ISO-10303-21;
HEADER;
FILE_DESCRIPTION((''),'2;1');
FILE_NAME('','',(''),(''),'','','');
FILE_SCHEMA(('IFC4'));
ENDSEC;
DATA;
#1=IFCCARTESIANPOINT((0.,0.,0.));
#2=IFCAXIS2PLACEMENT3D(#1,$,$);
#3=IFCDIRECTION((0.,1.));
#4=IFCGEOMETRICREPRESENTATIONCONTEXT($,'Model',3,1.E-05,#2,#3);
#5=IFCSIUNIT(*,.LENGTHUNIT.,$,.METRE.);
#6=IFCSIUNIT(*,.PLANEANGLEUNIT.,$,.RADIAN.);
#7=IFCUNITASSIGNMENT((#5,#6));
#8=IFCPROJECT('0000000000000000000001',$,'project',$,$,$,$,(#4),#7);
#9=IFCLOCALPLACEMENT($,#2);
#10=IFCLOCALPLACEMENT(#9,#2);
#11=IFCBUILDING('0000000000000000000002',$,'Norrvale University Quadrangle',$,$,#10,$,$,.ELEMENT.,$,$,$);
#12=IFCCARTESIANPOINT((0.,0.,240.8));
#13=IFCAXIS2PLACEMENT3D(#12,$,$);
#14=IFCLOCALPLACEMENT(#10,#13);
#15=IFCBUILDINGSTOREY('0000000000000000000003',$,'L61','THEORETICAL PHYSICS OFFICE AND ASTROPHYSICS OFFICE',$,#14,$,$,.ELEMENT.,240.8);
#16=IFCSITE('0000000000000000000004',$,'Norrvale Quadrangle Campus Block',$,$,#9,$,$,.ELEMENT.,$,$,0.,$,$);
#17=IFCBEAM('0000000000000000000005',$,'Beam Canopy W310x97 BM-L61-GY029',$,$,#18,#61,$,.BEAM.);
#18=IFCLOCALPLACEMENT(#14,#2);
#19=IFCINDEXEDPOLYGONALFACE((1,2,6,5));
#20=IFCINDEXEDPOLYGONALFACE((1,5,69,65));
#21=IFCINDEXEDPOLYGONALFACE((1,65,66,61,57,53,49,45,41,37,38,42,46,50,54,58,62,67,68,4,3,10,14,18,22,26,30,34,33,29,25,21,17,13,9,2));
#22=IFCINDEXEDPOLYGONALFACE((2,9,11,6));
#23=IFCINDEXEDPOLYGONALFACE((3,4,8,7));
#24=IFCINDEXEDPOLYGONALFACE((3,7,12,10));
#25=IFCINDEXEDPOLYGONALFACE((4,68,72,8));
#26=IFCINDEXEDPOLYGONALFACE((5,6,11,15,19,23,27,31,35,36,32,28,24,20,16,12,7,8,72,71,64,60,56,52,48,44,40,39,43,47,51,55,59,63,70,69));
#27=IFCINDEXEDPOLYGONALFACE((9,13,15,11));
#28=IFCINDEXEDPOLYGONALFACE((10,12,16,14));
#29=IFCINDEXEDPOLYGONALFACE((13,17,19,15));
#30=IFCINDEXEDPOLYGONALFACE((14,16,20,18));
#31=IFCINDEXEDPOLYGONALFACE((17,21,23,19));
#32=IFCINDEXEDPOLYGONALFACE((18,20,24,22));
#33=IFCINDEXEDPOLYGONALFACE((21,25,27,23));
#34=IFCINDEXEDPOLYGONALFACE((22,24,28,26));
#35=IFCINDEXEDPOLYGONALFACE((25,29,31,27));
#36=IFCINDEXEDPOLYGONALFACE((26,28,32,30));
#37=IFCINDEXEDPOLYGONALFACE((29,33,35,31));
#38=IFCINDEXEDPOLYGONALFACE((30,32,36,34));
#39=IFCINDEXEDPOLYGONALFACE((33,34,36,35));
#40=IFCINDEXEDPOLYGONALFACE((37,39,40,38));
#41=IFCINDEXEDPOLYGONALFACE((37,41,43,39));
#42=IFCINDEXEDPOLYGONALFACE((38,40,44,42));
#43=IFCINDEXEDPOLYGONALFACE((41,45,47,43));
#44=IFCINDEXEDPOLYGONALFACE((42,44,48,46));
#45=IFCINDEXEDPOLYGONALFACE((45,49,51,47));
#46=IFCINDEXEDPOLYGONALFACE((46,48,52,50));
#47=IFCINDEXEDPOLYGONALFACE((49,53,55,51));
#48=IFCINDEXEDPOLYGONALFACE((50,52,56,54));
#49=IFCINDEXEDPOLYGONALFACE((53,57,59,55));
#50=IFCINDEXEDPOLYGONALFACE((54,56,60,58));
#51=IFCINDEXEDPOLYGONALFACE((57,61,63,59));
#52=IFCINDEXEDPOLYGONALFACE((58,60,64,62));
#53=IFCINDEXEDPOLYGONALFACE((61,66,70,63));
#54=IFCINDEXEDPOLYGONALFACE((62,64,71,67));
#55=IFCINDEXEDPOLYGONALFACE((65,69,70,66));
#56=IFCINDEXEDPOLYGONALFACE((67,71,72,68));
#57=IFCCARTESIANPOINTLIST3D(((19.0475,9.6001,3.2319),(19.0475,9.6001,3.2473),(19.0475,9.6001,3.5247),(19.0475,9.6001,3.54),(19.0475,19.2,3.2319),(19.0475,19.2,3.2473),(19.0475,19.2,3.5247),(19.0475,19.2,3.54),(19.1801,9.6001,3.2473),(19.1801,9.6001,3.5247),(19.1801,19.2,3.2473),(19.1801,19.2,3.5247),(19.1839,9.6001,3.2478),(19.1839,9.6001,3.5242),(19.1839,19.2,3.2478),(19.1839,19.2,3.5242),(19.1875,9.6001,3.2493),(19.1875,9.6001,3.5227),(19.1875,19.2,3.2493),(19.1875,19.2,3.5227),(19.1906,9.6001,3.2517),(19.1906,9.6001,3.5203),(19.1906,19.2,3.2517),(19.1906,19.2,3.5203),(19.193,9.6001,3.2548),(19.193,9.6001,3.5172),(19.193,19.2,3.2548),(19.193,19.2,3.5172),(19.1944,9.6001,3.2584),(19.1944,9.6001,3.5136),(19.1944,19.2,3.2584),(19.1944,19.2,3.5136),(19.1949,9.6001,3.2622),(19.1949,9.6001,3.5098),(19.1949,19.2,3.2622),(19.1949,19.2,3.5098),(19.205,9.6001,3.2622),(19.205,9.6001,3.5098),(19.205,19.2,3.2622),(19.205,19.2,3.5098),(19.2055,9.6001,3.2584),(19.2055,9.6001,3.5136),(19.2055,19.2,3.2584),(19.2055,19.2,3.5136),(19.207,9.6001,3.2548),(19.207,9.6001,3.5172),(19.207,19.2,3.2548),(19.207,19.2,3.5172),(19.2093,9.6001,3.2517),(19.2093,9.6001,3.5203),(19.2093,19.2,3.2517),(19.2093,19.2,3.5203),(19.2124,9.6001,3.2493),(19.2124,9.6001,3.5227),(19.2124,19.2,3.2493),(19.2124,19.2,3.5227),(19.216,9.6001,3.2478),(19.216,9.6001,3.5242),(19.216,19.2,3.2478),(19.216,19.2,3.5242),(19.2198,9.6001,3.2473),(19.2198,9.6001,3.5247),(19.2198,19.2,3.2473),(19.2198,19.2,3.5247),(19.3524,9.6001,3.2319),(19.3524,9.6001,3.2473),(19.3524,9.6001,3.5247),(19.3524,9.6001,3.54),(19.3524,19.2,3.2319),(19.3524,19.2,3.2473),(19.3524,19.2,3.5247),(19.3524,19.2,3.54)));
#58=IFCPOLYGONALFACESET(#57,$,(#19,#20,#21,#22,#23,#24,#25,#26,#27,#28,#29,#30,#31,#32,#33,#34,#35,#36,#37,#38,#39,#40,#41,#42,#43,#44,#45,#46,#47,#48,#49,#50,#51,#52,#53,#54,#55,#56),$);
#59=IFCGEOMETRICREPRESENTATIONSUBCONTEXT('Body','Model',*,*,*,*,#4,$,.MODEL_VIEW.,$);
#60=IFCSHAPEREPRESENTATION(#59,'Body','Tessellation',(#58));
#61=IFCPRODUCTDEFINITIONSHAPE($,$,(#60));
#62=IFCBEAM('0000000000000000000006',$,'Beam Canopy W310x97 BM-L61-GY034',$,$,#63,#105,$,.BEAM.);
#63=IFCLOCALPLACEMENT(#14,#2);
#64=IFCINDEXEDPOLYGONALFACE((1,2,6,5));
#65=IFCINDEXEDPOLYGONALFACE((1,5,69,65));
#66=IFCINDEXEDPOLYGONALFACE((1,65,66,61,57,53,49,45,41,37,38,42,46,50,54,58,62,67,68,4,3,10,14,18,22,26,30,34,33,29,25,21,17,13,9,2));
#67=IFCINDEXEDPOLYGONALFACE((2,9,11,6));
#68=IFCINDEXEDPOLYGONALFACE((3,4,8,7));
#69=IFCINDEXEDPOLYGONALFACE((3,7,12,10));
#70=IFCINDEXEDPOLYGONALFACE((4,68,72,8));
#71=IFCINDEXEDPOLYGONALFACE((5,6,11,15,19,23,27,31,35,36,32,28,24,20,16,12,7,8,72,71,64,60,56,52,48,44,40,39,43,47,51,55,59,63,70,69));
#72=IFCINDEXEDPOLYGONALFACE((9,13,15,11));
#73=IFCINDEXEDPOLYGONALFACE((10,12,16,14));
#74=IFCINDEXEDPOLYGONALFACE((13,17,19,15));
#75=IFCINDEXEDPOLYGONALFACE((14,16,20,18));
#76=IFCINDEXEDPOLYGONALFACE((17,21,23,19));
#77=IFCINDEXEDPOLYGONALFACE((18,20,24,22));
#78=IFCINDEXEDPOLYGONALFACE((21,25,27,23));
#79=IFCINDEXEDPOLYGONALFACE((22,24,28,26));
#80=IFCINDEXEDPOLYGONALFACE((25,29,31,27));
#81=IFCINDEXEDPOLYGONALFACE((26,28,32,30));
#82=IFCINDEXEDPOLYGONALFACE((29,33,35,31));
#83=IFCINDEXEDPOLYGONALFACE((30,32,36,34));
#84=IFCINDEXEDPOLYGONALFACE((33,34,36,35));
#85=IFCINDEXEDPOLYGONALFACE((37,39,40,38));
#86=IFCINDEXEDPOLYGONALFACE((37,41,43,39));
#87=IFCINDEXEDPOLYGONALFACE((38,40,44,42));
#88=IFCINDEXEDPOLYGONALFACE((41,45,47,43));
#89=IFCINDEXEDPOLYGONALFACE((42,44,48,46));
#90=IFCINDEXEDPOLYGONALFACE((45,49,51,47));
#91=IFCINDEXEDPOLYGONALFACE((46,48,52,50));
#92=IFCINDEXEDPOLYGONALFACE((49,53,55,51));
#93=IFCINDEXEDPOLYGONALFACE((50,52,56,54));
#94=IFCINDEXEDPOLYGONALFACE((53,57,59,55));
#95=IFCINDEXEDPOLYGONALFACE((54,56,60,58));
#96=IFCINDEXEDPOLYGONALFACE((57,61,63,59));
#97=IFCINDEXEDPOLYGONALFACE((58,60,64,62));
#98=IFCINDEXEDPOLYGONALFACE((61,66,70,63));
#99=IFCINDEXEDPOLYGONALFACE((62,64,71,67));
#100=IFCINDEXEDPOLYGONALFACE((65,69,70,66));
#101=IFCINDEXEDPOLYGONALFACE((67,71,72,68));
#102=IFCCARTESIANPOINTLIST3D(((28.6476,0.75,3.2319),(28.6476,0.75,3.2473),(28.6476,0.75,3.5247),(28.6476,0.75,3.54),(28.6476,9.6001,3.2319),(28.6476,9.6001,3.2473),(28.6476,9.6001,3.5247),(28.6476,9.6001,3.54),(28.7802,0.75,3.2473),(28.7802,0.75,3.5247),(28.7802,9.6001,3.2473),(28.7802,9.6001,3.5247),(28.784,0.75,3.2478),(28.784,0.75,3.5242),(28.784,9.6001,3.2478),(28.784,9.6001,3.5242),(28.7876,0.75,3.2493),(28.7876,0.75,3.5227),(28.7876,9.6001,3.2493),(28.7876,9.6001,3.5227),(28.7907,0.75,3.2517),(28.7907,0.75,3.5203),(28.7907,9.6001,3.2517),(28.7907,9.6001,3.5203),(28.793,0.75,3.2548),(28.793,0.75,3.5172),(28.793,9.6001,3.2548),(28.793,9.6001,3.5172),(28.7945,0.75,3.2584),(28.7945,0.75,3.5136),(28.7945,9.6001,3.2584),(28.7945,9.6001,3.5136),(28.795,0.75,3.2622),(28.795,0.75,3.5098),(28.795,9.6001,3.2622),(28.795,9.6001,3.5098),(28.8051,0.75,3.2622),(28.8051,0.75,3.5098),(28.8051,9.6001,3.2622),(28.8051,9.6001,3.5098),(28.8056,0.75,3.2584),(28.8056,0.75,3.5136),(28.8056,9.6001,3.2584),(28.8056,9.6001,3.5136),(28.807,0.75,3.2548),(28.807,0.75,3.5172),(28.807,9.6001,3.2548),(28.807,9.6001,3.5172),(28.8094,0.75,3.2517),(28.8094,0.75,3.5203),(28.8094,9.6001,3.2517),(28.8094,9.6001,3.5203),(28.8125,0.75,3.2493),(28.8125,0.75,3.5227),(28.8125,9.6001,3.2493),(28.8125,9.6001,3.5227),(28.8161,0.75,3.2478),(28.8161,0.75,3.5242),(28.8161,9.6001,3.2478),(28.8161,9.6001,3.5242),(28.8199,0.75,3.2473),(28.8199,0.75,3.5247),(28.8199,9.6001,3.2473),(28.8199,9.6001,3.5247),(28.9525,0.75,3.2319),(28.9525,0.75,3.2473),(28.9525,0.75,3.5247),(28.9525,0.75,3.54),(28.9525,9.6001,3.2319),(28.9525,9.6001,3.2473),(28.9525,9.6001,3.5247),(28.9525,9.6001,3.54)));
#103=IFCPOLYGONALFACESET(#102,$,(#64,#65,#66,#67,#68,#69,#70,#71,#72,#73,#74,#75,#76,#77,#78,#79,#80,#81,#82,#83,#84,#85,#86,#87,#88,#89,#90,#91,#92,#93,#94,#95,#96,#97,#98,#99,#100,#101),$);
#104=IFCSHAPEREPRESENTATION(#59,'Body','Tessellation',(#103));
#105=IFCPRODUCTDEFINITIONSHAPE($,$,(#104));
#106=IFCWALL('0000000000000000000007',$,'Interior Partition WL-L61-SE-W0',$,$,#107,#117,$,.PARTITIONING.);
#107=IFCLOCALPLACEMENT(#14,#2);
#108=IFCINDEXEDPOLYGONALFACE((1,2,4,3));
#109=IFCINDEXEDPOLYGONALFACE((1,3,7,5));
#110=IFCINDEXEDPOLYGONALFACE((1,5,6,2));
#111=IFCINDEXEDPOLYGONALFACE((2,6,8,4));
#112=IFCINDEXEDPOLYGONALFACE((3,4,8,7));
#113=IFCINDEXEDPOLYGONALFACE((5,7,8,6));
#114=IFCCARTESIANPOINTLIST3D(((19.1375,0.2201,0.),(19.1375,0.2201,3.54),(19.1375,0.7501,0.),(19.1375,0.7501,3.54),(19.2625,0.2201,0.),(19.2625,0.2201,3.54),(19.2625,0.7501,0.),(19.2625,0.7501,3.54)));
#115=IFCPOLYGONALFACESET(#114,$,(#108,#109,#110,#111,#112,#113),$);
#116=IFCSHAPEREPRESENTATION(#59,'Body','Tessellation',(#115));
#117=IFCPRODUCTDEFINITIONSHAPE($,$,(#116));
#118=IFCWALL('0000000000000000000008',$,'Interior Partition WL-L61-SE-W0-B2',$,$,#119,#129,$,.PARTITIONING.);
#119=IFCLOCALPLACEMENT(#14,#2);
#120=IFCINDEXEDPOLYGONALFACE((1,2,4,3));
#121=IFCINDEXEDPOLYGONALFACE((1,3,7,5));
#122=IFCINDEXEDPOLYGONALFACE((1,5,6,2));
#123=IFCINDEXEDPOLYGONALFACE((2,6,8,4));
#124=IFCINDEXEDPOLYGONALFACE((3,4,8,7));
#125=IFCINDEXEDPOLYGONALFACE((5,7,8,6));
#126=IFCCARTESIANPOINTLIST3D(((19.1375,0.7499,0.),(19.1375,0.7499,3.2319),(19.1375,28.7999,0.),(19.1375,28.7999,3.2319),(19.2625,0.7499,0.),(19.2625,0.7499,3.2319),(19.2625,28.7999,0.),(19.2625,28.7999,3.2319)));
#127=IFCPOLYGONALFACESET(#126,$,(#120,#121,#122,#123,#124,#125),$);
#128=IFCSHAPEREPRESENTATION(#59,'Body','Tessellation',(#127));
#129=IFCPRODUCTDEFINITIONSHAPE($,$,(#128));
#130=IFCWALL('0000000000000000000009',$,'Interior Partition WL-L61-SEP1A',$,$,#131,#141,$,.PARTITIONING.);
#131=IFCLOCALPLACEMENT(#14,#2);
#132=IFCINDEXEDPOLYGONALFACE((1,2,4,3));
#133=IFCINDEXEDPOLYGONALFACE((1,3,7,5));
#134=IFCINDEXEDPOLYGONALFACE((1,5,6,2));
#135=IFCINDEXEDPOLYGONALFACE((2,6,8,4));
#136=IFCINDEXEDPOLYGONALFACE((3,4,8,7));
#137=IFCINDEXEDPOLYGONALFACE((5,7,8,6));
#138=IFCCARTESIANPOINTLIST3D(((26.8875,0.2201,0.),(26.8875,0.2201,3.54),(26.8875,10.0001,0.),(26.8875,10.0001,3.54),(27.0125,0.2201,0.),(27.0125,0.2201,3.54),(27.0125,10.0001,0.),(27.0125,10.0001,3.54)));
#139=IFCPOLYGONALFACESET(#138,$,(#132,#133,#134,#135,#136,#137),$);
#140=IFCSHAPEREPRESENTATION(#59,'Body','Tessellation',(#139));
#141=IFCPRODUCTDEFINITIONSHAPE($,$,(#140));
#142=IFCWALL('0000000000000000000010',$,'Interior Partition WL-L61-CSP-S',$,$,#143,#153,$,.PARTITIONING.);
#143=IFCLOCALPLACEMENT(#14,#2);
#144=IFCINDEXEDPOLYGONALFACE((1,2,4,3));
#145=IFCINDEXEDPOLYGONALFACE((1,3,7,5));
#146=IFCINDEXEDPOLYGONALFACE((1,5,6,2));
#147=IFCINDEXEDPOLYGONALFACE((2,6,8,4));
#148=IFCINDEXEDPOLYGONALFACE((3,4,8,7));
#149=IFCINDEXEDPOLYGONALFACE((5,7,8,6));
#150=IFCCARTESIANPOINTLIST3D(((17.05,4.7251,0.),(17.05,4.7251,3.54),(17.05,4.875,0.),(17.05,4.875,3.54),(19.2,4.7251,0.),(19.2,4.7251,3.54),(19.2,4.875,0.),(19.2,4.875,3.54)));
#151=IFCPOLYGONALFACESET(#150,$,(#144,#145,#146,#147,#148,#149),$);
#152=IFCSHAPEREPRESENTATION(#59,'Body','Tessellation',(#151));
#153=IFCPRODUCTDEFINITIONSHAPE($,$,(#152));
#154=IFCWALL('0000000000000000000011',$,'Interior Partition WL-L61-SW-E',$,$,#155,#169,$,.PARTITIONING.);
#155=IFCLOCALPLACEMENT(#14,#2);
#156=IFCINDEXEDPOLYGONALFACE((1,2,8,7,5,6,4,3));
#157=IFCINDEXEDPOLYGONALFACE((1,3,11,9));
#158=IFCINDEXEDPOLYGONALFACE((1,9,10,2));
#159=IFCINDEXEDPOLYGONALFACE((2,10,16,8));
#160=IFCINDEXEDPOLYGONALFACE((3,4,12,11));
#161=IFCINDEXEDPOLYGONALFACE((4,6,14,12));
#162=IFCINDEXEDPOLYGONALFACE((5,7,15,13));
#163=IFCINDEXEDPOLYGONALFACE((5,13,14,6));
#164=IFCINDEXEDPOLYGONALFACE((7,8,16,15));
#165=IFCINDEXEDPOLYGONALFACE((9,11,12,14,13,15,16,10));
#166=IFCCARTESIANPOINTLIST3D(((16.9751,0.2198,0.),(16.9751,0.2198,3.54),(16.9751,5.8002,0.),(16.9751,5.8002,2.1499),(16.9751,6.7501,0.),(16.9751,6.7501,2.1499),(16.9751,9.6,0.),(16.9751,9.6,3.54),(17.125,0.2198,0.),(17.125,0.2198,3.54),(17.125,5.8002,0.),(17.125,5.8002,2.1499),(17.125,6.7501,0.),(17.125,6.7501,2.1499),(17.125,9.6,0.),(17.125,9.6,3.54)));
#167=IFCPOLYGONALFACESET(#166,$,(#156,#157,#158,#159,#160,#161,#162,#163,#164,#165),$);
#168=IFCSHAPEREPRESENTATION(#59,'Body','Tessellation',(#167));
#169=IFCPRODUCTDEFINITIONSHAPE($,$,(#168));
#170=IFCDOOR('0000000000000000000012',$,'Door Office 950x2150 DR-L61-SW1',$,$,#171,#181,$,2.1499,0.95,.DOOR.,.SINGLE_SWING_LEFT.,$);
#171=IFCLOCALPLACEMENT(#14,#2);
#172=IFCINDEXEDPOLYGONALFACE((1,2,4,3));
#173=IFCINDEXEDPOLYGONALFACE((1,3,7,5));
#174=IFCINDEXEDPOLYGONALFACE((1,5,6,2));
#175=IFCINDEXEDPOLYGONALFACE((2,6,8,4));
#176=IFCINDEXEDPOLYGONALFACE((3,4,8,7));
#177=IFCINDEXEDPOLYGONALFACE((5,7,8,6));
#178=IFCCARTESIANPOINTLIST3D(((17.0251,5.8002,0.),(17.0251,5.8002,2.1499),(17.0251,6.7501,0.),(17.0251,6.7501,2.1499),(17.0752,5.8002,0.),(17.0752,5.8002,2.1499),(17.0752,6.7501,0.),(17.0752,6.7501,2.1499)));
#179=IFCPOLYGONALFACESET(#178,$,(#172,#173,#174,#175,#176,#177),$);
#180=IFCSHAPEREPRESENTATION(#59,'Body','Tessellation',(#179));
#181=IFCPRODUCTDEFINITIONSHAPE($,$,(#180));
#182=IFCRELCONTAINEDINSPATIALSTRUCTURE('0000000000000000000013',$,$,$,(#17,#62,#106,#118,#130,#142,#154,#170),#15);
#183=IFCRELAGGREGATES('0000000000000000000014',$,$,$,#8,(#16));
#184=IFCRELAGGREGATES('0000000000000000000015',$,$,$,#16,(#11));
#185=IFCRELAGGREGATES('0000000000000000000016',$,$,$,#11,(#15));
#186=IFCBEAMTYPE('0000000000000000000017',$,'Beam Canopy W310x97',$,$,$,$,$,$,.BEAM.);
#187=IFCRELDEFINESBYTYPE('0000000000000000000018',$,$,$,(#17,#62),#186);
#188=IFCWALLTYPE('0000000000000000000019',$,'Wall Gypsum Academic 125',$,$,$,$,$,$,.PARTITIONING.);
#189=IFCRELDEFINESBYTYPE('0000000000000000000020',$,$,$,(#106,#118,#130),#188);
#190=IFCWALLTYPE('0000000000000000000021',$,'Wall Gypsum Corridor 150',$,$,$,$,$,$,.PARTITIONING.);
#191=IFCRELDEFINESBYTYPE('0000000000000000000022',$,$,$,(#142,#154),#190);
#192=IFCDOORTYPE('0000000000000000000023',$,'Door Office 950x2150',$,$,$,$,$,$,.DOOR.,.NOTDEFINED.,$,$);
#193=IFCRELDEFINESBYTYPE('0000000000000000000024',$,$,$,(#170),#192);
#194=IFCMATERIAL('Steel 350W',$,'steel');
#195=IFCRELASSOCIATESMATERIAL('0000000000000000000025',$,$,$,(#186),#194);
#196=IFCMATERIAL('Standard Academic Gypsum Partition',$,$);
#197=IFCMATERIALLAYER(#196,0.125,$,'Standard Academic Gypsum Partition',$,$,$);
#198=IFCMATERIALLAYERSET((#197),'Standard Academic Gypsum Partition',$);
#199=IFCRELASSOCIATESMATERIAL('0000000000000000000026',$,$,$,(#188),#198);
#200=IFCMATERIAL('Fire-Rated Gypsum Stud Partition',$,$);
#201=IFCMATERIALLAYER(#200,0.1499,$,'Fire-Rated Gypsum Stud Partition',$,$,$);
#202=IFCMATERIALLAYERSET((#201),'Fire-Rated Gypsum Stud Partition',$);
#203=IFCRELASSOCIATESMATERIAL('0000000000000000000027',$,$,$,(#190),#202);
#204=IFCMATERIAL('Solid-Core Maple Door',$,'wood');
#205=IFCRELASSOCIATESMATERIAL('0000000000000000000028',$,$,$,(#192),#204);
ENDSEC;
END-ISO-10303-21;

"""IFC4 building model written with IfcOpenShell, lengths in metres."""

from ifc_helpers import new_model, si_unit, direction, frame, frame_2d, origin, origin_2d, place, context, subcontext, project, spatial, rectangle, i_section, extrude, material, layer, layer_set, material_profile, profile_set, type_object, element, fill, save


model = new_model("IFC4")

# Units and contexts
model_context = context("Model", 3, precision=1e-05, world=origin(), true_north=direction((0.0, 1.0)))
body_context = subcontext(model_context, "Body", "Model", "MODEL_VIEW")
ifc_project = project(units=[si_unit("LENGTHUNIT", "METRE"), si_unit("PLANEANGLEUNIT", "RADIAN")], contexts=[model_context])

# Site, building, storey
site_placement = place(None, origin())
site = spatial("IfcSite", under=ifc_project, at=site_placement, Name="Norrvale Quadrangle Campus Block", CompositionType="ELEMENT", RefElevation=0.0)
building_placement = place(site_placement, origin())
building = spatial("IfcBuilding", under=site, at=building_placement, Name="Norrvale University Quadrangle", CompositionType="ELEMENT")
storey_placement = place(building_placement, frame((0.0, 0.0, 240.8)))
storey = spatial("IfcBuildingStorey", under=building, at=storey_placement, Name="L61", Description="THEORETICAL PHYSICS OFFICE AND ASTROPHYSICS OFFICE", CompositionType="ELEMENT", Elevation=240.8)

# Beams
ifc_material_1 = material(Name="Steel 350W", Category="steel")
ifc_material_profile_1 = material_profile(ifc_material_1, i_section(OverallWidth=0.3049, OverallDepth=0.3081, WebThickness=0.01, FlangeThickness=0.0154, FilletRadius=0.0149, at=origin_2d()), Name="Steel 350W")
ifc_profile_set_1 = profile_set([ifc_material_profile_1], Name="Steel 350W")
beam_type_1 = type_object("IfcBeamType", Name="Beam Canopy W310x97", PredefinedType="BEAM", material=ifc_profile_set_1)
beam_1_placement = place(storey_placement, frame((19.2, 9.6001, 3.386), z_axis=(0.0, 1.0, 0.0), x_axis=(-1.0, 0.0, 0.0)))
element("IfcBeam", 1, at=beam_1_placement, inside=storey, type_object=beam_type_1, Name="Beam Canopy W310x97 BM-L61-GY029", PredefinedType="BEAM", context=body_context, shape_type="SweptSolid", body=[
    extrude(i_section(OverallWidth=0.3049, OverallDepth=0.3081, WebThickness=0.01, FlangeThickness=0.0154, FilletRadius=0.0149, at=origin_2d()), origin(), (0.0, 0.0, 1.0), 9.5999),
])
beam_2_placement = place(storey_placement, frame((28.8, 0.75, 3.386), z_axis=(0.0, 1.0, 0.0), x_axis=(-1.0, 0.0, 0.0)))
element("IfcBeam", 2, at=beam_2_placement, inside=storey, type_object=beam_type_1, Name="Beam Canopy W310x97 BM-L61-GY034", PredefinedType="BEAM", context=body_context, shape_type="SweptSolid", body=[
    extrude(i_section(OverallWidth=0.3049, OverallDepth=0.3081, WebThickness=0.01, FlangeThickness=0.0154, FilletRadius=0.0149, at=origin_2d()), origin(), (0.0, 0.0, 1.0), 8.8501),
])

# Walls
ifc_material_2 = material(Name="Standard Academic Gypsum Partition")
ifc_layer_1 = layer(ifc_material_2, 0.125, Name="Standard Academic Gypsum Partition")
ifc_layer_set_1 = layer_set([ifc_layer_1], Name="Standard Academic Gypsum Partition")
wall_type_1 = type_object("IfcWallType", Name="Wall Gypsum Academic 125", PredefinedType="PARTITIONING", material=ifc_layer_set_1)
wall_1_placement = place(storey_placement, frame((19.2, 0.22, 0.0), z_axis=(0.0, 0.0, 1.0), x_axis=(0.0, 1.0, 0.0)))
element("IfcWall", 3, at=wall_1_placement, inside=storey, type_object=wall_type_1, Name="Interior Partition WL-L61-SE-W0", PredefinedType="PARTITIONING", context=body_context, shape_type="SweptSolid", body=[
    extrude(rectangle(XDim=0.53, YDim=0.125, at=frame_2d((0.2651, 0.0))), origin(), (0.0, 0.0, 1.0), 3.54),
])
wall_2_placement = place(storey_placement, frame((19.2, 0.75, 0.0), z_axis=(0.0, 0.0, 1.0), x_axis=(0.0, 1.0, 0.0)))
element("IfcWall", 4, at=wall_2_placement, inside=storey, type_object=wall_type_1, Name="Interior Partition WL-L61-SE-W0-B2", PredefinedType="PARTITIONING", context=body_context, shape_type="SweptSolid", body=[
    extrude(rectangle(XDim=28.05, YDim=0.125, at=frame_2d((14.0249, 0.0))), origin(), (0.0, 0.0, 1.0), 3.2319),
])
wall_3_placement = place(storey_placement, frame((26.95, 0.22, 0.0), z_axis=(0.0, 0.0, 1.0), x_axis=(0.0, 1.0, 0.0)))
element("IfcWall", 5, at=wall_3_placement, inside=storey, type_object=wall_type_1, Name="Interior Partition WL-L61-SEP1A", PredefinedType="PARTITIONING", context=body_context, shape_type="SweptSolid", body=[
    extrude(rectangle(XDim=9.78, YDim=0.125, at=frame_2d((4.8901, 0.0))), origin(), (0.0, 0.0, 1.0), 3.54),
])
ifc_material_3 = material(Name="Fire-Rated Gypsum Stud Partition")
ifc_layer_2 = layer(ifc_material_3, 0.1499, Name="Fire-Rated Gypsum Stud Partition")
ifc_layer_set_2 = layer_set([ifc_layer_2], Name="Fire-Rated Gypsum Stud Partition")
wall_type_2 = type_object("IfcWallType", Name="Wall Gypsum Corridor 150", PredefinedType="PARTITIONING", material=ifc_layer_set_2)
wall_4_placement = place(storey_placement, frame((17.05, 4.8, 0.0), z_axis=(0.0, 0.0, 1.0), x_axis=(1.0, 0.0, 0.0)))
element("IfcWall", 6, at=wall_4_placement, inside=storey, type_object=wall_type_2, Name="Interior Partition WL-L61-CSP-S", PredefinedType="PARTITIONING", context=body_context, shape_type="SweptSolid", body=[
    extrude(rectangle(XDim=2.1499, YDim=0.1499, at=frame_2d((1.075, 0.0))), origin(), (0.0, 0.0, 1.0), 3.54),
])

# Wall, opening, door
wall_5_placement = place(storey_placement, frame((17.05, 0.22, 0.0), z_axis=(0.0, 0.0, 1.0), x_axis=(0.0, 1.0, 0.0)))
wall_5 = element("IfcWall", 7, at=wall_5_placement, inside=storey, type_object=wall_type_2, Name="Interior Partition WL-L61-SW-E", PredefinedType="PARTITIONING", context=body_context, shape_type="SweptSolid", body=[
    extrude(rectangle(XDim=9.3801, YDim=0.1499, at=frame_2d((4.6899, 0.0))), origin(), (0.0, 0.0, 1.0), 3.54),
])
opening_placement = place(wall_5_placement, frame((5.5801, 0.0, 0.0)))
opening = element("IfcOpeningElement", 8, at=opening_placement, cuts=wall_5, PredefinedType="OPENING", context=body_context, shape_type="SweptSolid", body=[
    extrude(rectangle(XDim=0.95, YDim=2.1499, at=frame_2d((0.4751, 1.075))), frame((0.0, 0.0869, 0.0), z_axis=(0.0, -1.0, 0.0), x_axis=(1.0, 0.0, 0.0)), (0.0, 0.0, 1.0), 0.1738),
])
ifc_material_4 = material(Name="Solid-Core Maple Door", Category="wood")
door_type = type_object("IfcDoorType", Name="Door Office 950x2150", OperationType="NOTDEFINED", PredefinedType="DOOR", material=ifc_material_4)
door_placement = place(opening_placement, origin())
door = element("IfcDoor", 9, at=door_placement, inside=storey, type_object=door_type, Name="Door Office 950x2150 DR-L61-SW1", OperationType="SINGLE_SWING_LEFT", OverallHeight=2.1499, OverallWidth=0.95, PredefinedType="DOOR", context=body_context, shape_type="SweptSolid", body=[
    extrude(rectangle(XDim=0.95, YDim=2.1499, at=frame_2d((0.4751, 1.075))), frame((0.0, 0.0249, 0.0), z_axis=(0.0, -1.0, 0.0), x_axis=(1.0, 0.0, 0.0)), (0.0, 0.0, 1.0), 0.05),
])
fill(opening, door)

save(model, "model.ifc")
